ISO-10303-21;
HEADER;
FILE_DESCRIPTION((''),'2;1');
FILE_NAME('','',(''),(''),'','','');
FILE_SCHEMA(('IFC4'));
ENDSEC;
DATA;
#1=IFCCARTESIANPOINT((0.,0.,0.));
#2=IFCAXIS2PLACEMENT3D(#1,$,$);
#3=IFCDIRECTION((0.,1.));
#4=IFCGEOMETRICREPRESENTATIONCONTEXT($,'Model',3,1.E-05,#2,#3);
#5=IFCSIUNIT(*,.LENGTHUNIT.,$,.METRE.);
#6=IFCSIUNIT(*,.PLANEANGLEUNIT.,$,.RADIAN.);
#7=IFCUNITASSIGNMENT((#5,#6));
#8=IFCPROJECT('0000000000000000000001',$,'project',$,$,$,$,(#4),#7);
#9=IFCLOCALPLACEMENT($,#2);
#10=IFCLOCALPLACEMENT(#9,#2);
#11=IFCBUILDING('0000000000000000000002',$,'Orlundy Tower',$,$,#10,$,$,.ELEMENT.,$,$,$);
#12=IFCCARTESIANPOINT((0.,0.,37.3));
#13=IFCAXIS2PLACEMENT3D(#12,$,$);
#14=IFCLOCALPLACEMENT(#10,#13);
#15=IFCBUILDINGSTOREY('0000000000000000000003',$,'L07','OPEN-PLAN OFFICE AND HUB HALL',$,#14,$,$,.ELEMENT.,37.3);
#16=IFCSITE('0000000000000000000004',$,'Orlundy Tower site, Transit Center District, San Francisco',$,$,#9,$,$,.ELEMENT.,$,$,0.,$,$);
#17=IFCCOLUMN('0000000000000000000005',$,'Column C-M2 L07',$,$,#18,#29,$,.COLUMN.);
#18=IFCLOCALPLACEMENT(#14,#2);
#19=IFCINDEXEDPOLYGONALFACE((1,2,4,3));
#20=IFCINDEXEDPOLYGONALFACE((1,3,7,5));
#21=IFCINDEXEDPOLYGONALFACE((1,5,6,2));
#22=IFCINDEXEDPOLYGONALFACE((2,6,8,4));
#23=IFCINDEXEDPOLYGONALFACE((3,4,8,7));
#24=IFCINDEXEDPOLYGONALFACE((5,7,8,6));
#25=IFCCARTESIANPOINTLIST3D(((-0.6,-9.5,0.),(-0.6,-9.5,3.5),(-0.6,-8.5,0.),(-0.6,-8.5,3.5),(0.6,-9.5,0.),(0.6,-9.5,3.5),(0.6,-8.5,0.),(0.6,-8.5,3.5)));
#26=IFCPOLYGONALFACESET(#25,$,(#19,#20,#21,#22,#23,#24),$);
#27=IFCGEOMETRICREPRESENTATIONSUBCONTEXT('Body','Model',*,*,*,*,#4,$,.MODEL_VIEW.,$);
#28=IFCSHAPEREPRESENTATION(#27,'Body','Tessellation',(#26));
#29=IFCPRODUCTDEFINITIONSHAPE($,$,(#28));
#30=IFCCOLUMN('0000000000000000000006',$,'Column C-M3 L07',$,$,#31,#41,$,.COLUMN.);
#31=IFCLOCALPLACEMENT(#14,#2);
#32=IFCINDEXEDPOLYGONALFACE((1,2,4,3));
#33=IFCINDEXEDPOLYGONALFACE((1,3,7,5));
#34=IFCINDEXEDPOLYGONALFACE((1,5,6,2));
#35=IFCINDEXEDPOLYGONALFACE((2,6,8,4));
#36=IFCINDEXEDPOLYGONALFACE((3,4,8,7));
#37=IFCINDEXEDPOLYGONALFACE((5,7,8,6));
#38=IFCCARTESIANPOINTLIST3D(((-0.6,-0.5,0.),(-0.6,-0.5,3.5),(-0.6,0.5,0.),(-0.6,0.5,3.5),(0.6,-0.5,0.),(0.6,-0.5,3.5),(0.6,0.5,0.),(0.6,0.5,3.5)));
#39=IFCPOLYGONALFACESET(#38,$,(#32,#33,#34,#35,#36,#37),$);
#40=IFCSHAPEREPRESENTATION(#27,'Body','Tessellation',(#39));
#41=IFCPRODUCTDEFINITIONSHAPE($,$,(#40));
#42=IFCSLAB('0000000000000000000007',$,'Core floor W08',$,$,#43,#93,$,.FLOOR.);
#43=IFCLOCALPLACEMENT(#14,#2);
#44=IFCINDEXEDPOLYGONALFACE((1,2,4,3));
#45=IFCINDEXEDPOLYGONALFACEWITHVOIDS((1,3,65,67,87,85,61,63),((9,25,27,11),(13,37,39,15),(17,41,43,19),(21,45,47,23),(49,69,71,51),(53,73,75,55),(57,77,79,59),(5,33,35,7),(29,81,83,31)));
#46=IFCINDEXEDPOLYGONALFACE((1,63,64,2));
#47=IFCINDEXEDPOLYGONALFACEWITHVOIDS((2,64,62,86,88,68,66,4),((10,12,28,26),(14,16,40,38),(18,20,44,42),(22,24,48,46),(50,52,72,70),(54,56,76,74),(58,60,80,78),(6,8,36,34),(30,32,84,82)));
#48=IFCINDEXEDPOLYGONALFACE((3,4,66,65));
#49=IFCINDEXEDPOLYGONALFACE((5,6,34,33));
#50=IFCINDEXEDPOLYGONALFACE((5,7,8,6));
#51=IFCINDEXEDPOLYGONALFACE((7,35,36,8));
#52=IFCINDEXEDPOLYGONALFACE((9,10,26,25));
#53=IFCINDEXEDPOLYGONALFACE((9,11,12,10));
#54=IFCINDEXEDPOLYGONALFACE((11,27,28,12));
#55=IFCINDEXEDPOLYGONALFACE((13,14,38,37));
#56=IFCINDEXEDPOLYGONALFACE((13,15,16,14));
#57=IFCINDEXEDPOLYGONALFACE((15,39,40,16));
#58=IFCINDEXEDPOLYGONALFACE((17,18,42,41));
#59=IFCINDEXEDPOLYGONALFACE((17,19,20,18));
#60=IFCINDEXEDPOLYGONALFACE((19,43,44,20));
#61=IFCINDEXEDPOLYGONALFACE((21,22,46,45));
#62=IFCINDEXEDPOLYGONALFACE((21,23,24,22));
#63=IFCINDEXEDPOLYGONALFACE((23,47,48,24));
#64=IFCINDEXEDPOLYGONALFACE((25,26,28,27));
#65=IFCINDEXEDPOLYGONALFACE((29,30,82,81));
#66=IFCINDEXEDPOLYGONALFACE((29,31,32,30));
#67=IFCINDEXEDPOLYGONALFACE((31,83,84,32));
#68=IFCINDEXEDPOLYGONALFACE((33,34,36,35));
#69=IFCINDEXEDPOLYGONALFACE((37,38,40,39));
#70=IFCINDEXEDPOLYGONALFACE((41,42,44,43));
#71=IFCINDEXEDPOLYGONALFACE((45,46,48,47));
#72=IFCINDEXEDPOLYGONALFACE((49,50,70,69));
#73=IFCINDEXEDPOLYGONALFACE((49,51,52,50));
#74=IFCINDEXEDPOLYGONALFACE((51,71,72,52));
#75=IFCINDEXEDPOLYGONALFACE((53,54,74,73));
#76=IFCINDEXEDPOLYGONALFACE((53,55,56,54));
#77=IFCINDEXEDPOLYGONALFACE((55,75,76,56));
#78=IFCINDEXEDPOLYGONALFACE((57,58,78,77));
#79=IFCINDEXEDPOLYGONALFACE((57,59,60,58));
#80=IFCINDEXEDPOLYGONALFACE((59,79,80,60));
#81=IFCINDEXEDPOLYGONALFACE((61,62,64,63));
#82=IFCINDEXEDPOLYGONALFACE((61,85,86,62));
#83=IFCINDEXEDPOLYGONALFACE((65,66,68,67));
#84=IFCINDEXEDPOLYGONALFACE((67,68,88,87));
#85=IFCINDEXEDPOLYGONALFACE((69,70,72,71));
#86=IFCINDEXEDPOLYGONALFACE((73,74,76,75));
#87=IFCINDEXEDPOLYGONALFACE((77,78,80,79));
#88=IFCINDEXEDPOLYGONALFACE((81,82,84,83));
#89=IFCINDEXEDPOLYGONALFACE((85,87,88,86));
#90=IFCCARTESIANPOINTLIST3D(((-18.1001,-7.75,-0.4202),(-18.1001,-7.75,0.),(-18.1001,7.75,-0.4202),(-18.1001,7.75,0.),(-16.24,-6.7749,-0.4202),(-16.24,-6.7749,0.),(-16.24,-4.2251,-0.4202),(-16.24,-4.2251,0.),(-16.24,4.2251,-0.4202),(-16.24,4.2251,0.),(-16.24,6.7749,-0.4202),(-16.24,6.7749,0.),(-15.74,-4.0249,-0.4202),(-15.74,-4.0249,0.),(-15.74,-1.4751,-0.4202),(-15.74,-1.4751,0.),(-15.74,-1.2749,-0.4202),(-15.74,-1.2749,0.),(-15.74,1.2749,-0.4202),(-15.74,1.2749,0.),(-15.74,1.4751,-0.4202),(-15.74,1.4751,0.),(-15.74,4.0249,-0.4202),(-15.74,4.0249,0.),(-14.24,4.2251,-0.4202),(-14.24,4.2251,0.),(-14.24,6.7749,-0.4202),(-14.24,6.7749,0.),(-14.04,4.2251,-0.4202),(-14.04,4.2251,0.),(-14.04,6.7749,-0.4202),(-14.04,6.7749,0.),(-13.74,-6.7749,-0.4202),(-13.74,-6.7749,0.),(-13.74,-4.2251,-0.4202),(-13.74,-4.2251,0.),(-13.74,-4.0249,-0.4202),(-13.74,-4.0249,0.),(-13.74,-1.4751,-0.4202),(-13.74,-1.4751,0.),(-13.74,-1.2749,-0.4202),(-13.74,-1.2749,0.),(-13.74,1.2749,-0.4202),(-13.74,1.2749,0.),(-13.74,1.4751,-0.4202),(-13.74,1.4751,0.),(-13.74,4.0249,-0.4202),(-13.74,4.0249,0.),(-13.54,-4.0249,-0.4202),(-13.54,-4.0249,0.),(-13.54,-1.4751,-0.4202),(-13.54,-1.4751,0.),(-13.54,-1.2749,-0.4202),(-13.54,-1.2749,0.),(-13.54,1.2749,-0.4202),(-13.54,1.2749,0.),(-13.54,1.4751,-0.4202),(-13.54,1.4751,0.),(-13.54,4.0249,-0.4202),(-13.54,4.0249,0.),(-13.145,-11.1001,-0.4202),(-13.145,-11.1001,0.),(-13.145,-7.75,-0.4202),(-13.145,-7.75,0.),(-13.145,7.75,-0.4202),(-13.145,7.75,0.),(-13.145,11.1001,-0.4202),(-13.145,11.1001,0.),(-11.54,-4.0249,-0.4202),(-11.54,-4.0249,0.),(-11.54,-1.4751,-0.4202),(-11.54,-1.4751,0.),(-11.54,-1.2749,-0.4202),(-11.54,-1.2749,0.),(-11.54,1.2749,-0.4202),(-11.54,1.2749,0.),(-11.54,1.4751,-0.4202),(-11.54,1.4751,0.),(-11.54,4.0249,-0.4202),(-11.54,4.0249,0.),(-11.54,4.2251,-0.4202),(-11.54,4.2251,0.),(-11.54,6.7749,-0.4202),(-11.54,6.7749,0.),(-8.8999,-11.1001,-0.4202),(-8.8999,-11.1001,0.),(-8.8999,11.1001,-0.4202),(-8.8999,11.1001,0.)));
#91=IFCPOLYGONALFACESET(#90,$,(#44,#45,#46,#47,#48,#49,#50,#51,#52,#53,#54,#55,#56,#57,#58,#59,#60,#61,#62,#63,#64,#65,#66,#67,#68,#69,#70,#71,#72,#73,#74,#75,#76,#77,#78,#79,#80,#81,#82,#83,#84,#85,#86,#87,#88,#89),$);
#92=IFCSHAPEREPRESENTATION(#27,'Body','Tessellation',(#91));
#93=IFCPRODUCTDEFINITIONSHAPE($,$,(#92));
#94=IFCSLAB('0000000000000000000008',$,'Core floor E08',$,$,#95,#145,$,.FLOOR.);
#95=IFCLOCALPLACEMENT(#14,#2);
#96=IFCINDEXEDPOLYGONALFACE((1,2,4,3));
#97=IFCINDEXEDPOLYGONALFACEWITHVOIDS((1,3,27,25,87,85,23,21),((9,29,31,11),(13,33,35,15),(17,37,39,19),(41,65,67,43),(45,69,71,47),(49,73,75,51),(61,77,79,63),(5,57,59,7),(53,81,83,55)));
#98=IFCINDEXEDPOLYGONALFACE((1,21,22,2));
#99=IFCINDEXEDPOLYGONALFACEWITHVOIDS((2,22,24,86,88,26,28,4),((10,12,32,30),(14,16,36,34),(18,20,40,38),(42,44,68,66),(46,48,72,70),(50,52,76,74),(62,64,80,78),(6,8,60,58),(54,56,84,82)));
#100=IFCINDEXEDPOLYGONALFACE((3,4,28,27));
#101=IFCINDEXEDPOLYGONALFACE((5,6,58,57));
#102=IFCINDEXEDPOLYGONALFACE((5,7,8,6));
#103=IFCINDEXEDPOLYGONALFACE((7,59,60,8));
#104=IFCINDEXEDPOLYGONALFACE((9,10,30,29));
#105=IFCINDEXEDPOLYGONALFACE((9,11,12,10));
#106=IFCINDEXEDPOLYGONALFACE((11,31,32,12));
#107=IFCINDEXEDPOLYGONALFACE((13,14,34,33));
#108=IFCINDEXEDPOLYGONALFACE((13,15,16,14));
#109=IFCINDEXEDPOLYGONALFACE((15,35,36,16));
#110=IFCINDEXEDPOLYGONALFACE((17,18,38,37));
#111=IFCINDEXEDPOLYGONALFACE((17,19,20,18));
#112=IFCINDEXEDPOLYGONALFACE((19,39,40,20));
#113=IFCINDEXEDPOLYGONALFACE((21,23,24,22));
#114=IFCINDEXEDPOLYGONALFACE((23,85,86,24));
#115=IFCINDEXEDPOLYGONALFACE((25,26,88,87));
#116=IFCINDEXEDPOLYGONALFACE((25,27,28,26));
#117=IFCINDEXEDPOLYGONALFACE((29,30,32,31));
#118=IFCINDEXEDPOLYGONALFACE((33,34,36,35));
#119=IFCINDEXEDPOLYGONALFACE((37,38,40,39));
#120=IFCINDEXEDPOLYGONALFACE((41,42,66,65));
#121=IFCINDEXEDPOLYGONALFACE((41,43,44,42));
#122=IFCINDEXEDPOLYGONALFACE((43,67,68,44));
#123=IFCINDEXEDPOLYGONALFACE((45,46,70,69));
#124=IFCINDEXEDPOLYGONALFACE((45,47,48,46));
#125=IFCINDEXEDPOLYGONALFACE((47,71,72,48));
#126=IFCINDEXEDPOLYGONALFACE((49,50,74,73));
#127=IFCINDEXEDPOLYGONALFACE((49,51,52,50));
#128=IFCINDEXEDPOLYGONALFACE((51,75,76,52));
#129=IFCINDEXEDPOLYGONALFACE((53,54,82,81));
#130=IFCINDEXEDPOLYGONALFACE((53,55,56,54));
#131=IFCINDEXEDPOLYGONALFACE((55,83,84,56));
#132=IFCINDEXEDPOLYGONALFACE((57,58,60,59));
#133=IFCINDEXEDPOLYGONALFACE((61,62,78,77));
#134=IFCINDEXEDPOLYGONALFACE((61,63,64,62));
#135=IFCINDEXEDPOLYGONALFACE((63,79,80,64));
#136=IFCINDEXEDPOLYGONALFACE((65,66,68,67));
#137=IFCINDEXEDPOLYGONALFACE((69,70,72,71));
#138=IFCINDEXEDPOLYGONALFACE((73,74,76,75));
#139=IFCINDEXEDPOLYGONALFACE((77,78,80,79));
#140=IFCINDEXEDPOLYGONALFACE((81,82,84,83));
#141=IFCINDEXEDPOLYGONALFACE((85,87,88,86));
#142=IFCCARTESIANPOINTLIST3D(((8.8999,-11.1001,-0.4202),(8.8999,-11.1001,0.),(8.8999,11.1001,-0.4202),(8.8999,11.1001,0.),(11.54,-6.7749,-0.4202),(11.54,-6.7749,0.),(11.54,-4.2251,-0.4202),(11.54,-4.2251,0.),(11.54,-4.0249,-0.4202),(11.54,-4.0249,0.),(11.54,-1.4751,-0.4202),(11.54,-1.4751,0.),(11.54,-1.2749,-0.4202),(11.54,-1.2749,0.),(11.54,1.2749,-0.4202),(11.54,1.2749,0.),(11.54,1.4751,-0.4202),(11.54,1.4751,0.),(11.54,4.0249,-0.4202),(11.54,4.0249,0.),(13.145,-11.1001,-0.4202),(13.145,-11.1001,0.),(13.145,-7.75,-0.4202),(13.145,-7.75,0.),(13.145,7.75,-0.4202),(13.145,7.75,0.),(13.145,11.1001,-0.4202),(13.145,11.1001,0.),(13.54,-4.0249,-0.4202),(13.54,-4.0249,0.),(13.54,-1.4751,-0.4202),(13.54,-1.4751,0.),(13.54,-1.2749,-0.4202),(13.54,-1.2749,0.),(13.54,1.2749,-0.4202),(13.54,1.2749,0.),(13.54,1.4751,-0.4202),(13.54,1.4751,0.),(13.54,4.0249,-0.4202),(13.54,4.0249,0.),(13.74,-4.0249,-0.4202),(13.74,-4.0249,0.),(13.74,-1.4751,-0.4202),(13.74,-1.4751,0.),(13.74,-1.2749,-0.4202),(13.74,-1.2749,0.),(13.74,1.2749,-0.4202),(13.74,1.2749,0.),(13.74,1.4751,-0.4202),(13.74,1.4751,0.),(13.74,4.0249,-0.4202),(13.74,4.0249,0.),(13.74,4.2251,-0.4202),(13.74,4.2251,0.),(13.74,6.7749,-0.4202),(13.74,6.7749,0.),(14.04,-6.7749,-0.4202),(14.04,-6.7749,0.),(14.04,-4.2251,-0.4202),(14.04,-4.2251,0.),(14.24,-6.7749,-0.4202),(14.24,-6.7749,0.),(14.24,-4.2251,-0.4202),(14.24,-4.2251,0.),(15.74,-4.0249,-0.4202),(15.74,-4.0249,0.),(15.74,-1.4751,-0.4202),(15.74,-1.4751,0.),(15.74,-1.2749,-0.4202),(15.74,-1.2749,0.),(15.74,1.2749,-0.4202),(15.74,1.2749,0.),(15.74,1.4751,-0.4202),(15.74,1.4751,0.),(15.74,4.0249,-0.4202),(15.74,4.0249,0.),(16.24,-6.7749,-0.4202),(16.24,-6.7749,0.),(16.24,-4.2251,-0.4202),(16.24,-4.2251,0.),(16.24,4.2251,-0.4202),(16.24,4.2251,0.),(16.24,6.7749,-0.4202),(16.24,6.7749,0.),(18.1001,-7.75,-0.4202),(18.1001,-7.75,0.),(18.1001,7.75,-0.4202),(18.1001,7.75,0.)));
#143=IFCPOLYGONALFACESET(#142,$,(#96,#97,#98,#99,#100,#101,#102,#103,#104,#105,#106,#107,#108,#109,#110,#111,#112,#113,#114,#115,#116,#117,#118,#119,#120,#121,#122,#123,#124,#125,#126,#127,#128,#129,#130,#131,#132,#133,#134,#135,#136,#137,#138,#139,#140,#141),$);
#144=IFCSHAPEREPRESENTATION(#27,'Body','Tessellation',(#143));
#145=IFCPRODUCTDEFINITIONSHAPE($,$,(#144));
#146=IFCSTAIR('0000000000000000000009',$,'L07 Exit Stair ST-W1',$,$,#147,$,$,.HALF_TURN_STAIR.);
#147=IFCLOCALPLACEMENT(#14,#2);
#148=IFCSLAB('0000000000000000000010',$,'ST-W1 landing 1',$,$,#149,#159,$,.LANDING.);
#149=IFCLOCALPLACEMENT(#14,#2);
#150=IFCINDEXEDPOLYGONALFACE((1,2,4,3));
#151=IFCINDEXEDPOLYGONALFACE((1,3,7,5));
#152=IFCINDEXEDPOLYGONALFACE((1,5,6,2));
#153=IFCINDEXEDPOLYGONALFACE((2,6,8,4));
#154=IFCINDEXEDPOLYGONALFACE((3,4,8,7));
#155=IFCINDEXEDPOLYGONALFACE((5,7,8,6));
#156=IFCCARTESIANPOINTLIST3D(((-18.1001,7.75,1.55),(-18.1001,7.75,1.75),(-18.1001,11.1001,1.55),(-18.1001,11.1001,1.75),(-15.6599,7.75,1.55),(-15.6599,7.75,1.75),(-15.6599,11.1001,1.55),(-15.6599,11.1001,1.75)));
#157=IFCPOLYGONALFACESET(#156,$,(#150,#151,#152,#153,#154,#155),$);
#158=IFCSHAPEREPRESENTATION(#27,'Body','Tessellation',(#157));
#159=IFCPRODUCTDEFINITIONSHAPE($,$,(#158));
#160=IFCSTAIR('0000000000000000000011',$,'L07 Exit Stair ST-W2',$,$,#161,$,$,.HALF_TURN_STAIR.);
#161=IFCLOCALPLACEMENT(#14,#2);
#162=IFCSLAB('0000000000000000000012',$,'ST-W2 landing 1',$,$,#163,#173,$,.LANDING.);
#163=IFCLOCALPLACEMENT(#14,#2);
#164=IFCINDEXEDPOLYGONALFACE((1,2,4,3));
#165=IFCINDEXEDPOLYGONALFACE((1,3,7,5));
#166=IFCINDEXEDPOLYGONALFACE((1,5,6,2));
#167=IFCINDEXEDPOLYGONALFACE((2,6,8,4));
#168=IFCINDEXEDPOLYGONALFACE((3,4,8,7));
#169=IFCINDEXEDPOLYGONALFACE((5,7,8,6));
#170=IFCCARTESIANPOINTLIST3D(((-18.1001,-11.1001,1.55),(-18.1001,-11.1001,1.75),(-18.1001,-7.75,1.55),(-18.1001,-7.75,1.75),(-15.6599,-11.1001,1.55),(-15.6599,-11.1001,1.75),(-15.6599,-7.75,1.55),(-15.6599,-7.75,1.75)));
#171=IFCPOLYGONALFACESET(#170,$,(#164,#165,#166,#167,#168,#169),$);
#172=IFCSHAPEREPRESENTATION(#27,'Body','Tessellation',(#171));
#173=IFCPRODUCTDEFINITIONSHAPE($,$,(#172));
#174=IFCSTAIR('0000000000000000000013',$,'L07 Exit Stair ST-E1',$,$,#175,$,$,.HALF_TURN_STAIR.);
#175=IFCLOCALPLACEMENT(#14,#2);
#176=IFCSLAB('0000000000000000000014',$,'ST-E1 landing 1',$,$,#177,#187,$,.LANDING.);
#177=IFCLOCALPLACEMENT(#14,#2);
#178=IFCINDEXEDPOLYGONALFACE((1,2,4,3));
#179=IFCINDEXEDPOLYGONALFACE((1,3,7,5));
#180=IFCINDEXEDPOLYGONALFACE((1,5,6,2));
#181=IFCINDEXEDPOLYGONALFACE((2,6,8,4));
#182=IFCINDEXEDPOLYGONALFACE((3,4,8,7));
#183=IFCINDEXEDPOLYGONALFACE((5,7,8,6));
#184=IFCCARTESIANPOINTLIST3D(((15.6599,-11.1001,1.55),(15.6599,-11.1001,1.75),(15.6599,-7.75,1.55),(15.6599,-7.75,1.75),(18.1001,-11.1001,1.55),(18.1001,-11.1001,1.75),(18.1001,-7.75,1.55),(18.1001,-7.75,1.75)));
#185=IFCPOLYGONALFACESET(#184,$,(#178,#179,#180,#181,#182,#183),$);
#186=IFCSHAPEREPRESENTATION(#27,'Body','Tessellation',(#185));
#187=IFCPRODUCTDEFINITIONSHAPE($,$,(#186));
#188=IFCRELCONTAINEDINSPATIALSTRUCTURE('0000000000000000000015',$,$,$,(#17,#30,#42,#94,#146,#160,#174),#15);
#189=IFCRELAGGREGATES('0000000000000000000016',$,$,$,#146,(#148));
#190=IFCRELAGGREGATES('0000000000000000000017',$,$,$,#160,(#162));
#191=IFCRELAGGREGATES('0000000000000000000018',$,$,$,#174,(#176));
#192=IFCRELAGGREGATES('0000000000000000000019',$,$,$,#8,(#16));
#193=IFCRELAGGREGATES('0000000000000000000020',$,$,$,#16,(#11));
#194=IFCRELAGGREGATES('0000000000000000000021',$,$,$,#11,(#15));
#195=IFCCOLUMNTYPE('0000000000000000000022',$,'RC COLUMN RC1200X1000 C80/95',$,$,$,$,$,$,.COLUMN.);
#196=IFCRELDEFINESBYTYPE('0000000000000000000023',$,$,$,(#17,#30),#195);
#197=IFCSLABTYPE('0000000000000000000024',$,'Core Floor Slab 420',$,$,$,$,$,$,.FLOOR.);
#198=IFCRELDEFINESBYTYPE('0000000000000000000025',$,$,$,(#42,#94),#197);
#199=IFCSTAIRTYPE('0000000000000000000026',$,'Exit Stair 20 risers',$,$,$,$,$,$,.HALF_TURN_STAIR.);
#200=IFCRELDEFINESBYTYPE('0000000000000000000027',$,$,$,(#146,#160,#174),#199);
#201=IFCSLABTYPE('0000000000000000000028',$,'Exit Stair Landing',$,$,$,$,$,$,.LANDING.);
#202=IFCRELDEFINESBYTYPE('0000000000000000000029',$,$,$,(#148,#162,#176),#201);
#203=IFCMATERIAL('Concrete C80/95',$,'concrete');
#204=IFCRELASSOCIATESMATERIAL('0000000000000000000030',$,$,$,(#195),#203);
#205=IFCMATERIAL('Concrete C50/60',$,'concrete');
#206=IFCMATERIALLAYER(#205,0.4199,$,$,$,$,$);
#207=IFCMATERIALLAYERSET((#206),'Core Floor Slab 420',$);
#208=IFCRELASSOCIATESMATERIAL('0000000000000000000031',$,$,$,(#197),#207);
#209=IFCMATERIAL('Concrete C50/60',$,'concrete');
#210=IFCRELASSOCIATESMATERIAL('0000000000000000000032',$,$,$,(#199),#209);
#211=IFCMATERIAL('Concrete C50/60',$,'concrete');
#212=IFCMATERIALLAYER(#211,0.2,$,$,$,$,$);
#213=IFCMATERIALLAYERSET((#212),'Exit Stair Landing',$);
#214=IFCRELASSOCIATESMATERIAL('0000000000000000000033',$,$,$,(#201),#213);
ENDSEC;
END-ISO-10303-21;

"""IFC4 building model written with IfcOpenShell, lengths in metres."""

from ifc_helpers import new_model, si_unit, direction, frame, origin, origin_2d, place, context, subcontext, project, spatial, polyline, rectangle, outline, extrude, material, layer, layer_set, material_profile, profile_set, type_object, element, aggregate, save


model = new_model("IFC4")

# Units and contexts
model_context = context("Model", 3, precision=1e-05, world=origin(), true_north=direction((0.0, 1.0)))
body_context = subcontext(model_context, "Body", "Model", "MODEL_VIEW")
ifc_project = project(units=[si_unit("LENGTHUNIT", "METRE"), si_unit("PLANEANGLEUNIT", "RADIAN")], contexts=[model_context])

# Site, building, storey
site_placement = place(None, origin())
site = spatial("IfcSite", under=ifc_project, at=site_placement, Name="Orlundy Tower site, Transit Center District, San Francisco", CompositionType="ELEMENT", RefElevation=0.0)
building_placement = place(site_placement, origin())
building = spatial("IfcBuilding", under=site, at=building_placement, Name="Orlundy Tower", CompositionType="ELEMENT")
storey_placement = place(building_placement, frame((0.0, 0.0, 37.3)))
storey = spatial("IfcBuildingStorey", under=building, at=storey_placement, Name="L07", Description="OPEN-PLAN OFFICE AND HUB HALL", CompositionType="ELEMENT", Elevation=37.3)

# Columns
ifc_material_1 = material(Name="Concrete C80/95", Category="concrete")
ifc_material_profile = material_profile(ifc_material_1, rectangle(XDim=1.2, YDim=1.0, at=origin_2d()), Name="RC1200X1000")
ifc_profile_set = profile_set([ifc_material_profile], Name="Concrete C80/95")
column_type = type_object("IfcColumnType", Name="RC COLUMN RC1200X1000 C80/95", PredefinedType="COLUMN", material=ifc_profile_set)
for number, where, z_axis, x_axis, name in (
    (1, (0.0, -9.0, 0.0), (0.0, 0.0, 1.0), (1.0, 0.0, 0.0), "Column C-M2 L07"),
    (2, (0.0, 0.0, 0.0), (0.0, 0.0, 1.0), (1.0, 0.0, 0.0), "Column C-M3 L07"),
):
    element("IfcColumn", number, at=place(storey_placement, frame(where, z_axis=z_axis, x_axis=x_axis)), inside=storey, type_object=column_type, Name=name, PredefinedType="COLUMN", context=body_context, shape_type="SweptSolid", body=[
        extrude(rectangle(XDim=1.2, YDim=1.0, at=origin_2d()), origin(), (0.0, 0.0, 1.0), 3.5),
    ])

# Slabs
ifc_material_2 = material(Name="Concrete C50/60", Category="concrete")
ifc_layer_1 = layer(ifc_material_2, 0.4199)
ifc_layer_set_1 = layer_set([ifc_layer_1], Name="Core Floor Slab 420")
slab_type_1 = type_object("IfcSlabType", Name="Core Floor Slab 420", PredefinedType="FLOOR", material=ifc_layer_set_1)
slab_1_placement = place(storey_placement, frame((0.0, 0.0, -0.4202)))
element("IfcSlab", 3, at=slab_1_placement, inside=storey, type_object=slab_type_1, Name="Core floor W08", PredefinedType="FLOOR", context=body_context, shape_type="SweptSolid", body=[
    extrude(outline(polyline([(-13.145, 7.75), (-13.145, 11.1001), (-8.8999, 11.1001), (-8.8999, -11.1001), (-13.145, -11.1001), (-13.145, -7.75), (-18.1001, -7.75), (-18.1001, 7.75), (-13.145, 7.75)]), holes=[polyline([(-16.24, -6.7749), (-13.74, -6.7749), (-13.74, -4.2251), (-16.24, -4.2251), (-16.24, -6.7749)]), polyline([(-13.54, -1.4751), (-13.54, -4.0249), (-11.54, -4.0249), (-11.54, -1.4751), (-13.54, -1.4751)]), polyline([(-13.74, -1.4751), (-15.74, -1.4751), (-15.74, -4.0249), (-13.74, -4.0249), (-13.74, -1.4751)]), polyline([(-11.54, -1.2749), (-11.54, 1.2749), (-13.54, 1.2749), (-13.54, -1.2749), (-11.54, -1.2749)]), polyline([(-15.74, -1.2749), (-13.74, -1.2749), (-13.74, 1.2749), (-15.74, 1.2749), (-15.74, -1.2749)]), polyline([(-13.54, 4.0249), (-13.54, 1.4751), (-11.54, 1.4751), (-11.54, 4.0249), (-13.54, 4.0249)]), polyline([(-13.74, 4.0249), (-15.74, 4.0249), (-15.74, 1.4751), (-13.74, 1.4751), (-13.74, 4.0249)]), polyline([(-11.54, 4.2251), (-11.54, 6.7749), (-14.04, 6.7749), (-14.04, 4.2251), (-11.54, 4.2251)]), polyline([(-16.24, 4.2251), (-14.24, 4.2251), (-14.24, 6.7749), (-16.24, 6.7749), (-16.24, 4.2251)])]), origin(), (0.0, 0.0, 1.0), 0.4202),
])
slab_2_placement = place(storey_placement, frame((0.0, 0.0, -0.4202)))
element("IfcSlab", 4, at=slab_2_placement, inside=storey, type_object=slab_type_1, Name="Core floor E08", PredefinedType="FLOOR", context=body_context, shape_type="SweptSolid", body=[
    extrude(outline(polyline([(13.145, -7.75), (13.145, -11.1001), (8.8999, -11.1001), (8.8999, 11.1001), (13.145, 11.1001), (13.145, 7.75), (18.1001, 7.75), (18.1001, -7.75), (13.145, -7.75)]), holes=[polyline([(16.24, 6.7749), (13.74, 6.7749), (13.74, 4.2251), (16.24, 4.2251), (16.24, 6.7749)]), polyline([(13.54, 1.4751), (13.54, 4.0249), (11.54, 4.0249), (11.54, 1.4751), (13.54, 1.4751)]), polyline([(13.74, 1.4751), (15.74, 1.4751), (15.74, 4.0249), (13.74, 4.0249), (13.74, 1.4751)]), polyline([(11.54, 1.2749), (11.54, -1.2749), (13.54, -1.2749), (13.54, 1.2749), (11.54, 1.2749)]), polyline([(15.74, 1.2749), (13.74, 1.2749), (13.74, -1.2749), (15.74, -1.2749), (15.74, 1.2749)]), polyline([(13.54, -4.0249), (13.54, -1.4751), (11.54, -1.4751), (11.54, -4.0249), (13.54, -4.0249)]), polyline([(13.74, -4.0249), (15.74, -4.0249), (15.74, -1.4751), (13.74, -1.4751), (13.74, -4.0249)]), polyline([(11.54, -4.2251), (11.54, -6.7749), (14.04, -6.7749), (14.04, -4.2251), (11.54, -4.2251)]), polyline([(16.24, -4.2251), (14.24, -4.2251), (14.24, -6.7749), (16.24, -6.7749), (16.24, -4.2251)])]), origin(), (0.0, 0.0, 1.0), 0.4202),
])

# Stairs, slabs
ifc_material_3 = material(Name="Concrete C50/60", Category="concrete")
stair_type = type_object("IfcStairType", Name="Exit Stair 20 risers", PredefinedType="HALF_TURN_STAIR", material=ifc_material_3)
stair_1_placement = place(storey_placement, origin())
stair_1 = element("IfcStair", 5, at=stair_1_placement, inside=storey, type_object=stair_type, Name="L07 Exit Stair ST-W1", PredefinedType="HALF_TURN_STAIR")
ifc_material_4 = material(Name="Concrete C50/60", Category="concrete")
ifc_layer_2 = layer(ifc_material_4, 0.2)
ifc_layer_set_2 = layer_set([ifc_layer_2], Name="Exit Stair Landing")
slab_type_2 = type_object("IfcSlabType", Name="Exit Stair Landing", PredefinedType="LANDING", material=ifc_layer_set_2)
slab_3_placement = place(storey_placement, frame((0.0, 0.0, 1.55)))
slab_3 = element("IfcSlab", 6, at=slab_3_placement, type_object=slab_type_2, Name="ST-W1 landing 1", PredefinedType="LANDING", context=body_context, shape_type="SweptSolid", body=[
    extrude(outline(polyline([(-15.6599, 11.1001), (-18.1001, 11.1001), (-18.1001, 7.75), (-15.6599, 7.75), (-15.6599, 11.1001)])), origin(), (0.0, 0.0, 1.0), 0.2),
])
aggregate(stair_1, [slab_3])
stair_2_placement = place(storey_placement, origin())
stair_2 = element("IfcStair", 7, at=stair_2_placement, inside=storey, type_object=stair_type, Name="L07 Exit Stair ST-W2", PredefinedType="HALF_TURN_STAIR")
slab_4_placement = place(storey_placement, frame((0.0, 0.0, 1.55)))
slab_4 = element("IfcSlab", 8, at=slab_4_placement, type_object=slab_type_2, Name="ST-W2 landing 1", PredefinedType="LANDING", context=body_context, shape_type="SweptSolid", body=[
    extrude(outline(polyline([(-15.6599, -7.75), (-18.1001, -7.75), (-18.1001, -11.1001), (-15.6599, -11.1001), (-15.6599, -7.75)])), origin(), (0.0, 0.0, 1.0), 0.2),
])
aggregate(stair_2, [slab_4])
stair_3_placement = place(storey_placement, origin())
stair_3 = element("IfcStair", 9, at=stair_3_placement, inside=storey, type_object=stair_type, Name="L07 Exit Stair ST-E1", PredefinedType="HALF_TURN_STAIR")
slab_5_placement = place(storey_placement, frame((0.0, 0.0, 1.55)))
slab_5 = element("IfcSlab", 10, at=slab_5_placement, type_object=slab_type_2, Name="ST-E1 landing 1", PredefinedType="LANDING", context=body_context, shape_type="SweptSolid", body=[
    extrude(outline(polyline([(15.6599, -11.1001), (18.1001, -11.1001), (18.1001, -7.75), (15.6599, -7.75), (15.6599, -11.1001)])), origin(), (0.0, 0.0, 1.0), 0.2),
])
aggregate(stair_3, [slab_5])

save(model, "model.ifc")
